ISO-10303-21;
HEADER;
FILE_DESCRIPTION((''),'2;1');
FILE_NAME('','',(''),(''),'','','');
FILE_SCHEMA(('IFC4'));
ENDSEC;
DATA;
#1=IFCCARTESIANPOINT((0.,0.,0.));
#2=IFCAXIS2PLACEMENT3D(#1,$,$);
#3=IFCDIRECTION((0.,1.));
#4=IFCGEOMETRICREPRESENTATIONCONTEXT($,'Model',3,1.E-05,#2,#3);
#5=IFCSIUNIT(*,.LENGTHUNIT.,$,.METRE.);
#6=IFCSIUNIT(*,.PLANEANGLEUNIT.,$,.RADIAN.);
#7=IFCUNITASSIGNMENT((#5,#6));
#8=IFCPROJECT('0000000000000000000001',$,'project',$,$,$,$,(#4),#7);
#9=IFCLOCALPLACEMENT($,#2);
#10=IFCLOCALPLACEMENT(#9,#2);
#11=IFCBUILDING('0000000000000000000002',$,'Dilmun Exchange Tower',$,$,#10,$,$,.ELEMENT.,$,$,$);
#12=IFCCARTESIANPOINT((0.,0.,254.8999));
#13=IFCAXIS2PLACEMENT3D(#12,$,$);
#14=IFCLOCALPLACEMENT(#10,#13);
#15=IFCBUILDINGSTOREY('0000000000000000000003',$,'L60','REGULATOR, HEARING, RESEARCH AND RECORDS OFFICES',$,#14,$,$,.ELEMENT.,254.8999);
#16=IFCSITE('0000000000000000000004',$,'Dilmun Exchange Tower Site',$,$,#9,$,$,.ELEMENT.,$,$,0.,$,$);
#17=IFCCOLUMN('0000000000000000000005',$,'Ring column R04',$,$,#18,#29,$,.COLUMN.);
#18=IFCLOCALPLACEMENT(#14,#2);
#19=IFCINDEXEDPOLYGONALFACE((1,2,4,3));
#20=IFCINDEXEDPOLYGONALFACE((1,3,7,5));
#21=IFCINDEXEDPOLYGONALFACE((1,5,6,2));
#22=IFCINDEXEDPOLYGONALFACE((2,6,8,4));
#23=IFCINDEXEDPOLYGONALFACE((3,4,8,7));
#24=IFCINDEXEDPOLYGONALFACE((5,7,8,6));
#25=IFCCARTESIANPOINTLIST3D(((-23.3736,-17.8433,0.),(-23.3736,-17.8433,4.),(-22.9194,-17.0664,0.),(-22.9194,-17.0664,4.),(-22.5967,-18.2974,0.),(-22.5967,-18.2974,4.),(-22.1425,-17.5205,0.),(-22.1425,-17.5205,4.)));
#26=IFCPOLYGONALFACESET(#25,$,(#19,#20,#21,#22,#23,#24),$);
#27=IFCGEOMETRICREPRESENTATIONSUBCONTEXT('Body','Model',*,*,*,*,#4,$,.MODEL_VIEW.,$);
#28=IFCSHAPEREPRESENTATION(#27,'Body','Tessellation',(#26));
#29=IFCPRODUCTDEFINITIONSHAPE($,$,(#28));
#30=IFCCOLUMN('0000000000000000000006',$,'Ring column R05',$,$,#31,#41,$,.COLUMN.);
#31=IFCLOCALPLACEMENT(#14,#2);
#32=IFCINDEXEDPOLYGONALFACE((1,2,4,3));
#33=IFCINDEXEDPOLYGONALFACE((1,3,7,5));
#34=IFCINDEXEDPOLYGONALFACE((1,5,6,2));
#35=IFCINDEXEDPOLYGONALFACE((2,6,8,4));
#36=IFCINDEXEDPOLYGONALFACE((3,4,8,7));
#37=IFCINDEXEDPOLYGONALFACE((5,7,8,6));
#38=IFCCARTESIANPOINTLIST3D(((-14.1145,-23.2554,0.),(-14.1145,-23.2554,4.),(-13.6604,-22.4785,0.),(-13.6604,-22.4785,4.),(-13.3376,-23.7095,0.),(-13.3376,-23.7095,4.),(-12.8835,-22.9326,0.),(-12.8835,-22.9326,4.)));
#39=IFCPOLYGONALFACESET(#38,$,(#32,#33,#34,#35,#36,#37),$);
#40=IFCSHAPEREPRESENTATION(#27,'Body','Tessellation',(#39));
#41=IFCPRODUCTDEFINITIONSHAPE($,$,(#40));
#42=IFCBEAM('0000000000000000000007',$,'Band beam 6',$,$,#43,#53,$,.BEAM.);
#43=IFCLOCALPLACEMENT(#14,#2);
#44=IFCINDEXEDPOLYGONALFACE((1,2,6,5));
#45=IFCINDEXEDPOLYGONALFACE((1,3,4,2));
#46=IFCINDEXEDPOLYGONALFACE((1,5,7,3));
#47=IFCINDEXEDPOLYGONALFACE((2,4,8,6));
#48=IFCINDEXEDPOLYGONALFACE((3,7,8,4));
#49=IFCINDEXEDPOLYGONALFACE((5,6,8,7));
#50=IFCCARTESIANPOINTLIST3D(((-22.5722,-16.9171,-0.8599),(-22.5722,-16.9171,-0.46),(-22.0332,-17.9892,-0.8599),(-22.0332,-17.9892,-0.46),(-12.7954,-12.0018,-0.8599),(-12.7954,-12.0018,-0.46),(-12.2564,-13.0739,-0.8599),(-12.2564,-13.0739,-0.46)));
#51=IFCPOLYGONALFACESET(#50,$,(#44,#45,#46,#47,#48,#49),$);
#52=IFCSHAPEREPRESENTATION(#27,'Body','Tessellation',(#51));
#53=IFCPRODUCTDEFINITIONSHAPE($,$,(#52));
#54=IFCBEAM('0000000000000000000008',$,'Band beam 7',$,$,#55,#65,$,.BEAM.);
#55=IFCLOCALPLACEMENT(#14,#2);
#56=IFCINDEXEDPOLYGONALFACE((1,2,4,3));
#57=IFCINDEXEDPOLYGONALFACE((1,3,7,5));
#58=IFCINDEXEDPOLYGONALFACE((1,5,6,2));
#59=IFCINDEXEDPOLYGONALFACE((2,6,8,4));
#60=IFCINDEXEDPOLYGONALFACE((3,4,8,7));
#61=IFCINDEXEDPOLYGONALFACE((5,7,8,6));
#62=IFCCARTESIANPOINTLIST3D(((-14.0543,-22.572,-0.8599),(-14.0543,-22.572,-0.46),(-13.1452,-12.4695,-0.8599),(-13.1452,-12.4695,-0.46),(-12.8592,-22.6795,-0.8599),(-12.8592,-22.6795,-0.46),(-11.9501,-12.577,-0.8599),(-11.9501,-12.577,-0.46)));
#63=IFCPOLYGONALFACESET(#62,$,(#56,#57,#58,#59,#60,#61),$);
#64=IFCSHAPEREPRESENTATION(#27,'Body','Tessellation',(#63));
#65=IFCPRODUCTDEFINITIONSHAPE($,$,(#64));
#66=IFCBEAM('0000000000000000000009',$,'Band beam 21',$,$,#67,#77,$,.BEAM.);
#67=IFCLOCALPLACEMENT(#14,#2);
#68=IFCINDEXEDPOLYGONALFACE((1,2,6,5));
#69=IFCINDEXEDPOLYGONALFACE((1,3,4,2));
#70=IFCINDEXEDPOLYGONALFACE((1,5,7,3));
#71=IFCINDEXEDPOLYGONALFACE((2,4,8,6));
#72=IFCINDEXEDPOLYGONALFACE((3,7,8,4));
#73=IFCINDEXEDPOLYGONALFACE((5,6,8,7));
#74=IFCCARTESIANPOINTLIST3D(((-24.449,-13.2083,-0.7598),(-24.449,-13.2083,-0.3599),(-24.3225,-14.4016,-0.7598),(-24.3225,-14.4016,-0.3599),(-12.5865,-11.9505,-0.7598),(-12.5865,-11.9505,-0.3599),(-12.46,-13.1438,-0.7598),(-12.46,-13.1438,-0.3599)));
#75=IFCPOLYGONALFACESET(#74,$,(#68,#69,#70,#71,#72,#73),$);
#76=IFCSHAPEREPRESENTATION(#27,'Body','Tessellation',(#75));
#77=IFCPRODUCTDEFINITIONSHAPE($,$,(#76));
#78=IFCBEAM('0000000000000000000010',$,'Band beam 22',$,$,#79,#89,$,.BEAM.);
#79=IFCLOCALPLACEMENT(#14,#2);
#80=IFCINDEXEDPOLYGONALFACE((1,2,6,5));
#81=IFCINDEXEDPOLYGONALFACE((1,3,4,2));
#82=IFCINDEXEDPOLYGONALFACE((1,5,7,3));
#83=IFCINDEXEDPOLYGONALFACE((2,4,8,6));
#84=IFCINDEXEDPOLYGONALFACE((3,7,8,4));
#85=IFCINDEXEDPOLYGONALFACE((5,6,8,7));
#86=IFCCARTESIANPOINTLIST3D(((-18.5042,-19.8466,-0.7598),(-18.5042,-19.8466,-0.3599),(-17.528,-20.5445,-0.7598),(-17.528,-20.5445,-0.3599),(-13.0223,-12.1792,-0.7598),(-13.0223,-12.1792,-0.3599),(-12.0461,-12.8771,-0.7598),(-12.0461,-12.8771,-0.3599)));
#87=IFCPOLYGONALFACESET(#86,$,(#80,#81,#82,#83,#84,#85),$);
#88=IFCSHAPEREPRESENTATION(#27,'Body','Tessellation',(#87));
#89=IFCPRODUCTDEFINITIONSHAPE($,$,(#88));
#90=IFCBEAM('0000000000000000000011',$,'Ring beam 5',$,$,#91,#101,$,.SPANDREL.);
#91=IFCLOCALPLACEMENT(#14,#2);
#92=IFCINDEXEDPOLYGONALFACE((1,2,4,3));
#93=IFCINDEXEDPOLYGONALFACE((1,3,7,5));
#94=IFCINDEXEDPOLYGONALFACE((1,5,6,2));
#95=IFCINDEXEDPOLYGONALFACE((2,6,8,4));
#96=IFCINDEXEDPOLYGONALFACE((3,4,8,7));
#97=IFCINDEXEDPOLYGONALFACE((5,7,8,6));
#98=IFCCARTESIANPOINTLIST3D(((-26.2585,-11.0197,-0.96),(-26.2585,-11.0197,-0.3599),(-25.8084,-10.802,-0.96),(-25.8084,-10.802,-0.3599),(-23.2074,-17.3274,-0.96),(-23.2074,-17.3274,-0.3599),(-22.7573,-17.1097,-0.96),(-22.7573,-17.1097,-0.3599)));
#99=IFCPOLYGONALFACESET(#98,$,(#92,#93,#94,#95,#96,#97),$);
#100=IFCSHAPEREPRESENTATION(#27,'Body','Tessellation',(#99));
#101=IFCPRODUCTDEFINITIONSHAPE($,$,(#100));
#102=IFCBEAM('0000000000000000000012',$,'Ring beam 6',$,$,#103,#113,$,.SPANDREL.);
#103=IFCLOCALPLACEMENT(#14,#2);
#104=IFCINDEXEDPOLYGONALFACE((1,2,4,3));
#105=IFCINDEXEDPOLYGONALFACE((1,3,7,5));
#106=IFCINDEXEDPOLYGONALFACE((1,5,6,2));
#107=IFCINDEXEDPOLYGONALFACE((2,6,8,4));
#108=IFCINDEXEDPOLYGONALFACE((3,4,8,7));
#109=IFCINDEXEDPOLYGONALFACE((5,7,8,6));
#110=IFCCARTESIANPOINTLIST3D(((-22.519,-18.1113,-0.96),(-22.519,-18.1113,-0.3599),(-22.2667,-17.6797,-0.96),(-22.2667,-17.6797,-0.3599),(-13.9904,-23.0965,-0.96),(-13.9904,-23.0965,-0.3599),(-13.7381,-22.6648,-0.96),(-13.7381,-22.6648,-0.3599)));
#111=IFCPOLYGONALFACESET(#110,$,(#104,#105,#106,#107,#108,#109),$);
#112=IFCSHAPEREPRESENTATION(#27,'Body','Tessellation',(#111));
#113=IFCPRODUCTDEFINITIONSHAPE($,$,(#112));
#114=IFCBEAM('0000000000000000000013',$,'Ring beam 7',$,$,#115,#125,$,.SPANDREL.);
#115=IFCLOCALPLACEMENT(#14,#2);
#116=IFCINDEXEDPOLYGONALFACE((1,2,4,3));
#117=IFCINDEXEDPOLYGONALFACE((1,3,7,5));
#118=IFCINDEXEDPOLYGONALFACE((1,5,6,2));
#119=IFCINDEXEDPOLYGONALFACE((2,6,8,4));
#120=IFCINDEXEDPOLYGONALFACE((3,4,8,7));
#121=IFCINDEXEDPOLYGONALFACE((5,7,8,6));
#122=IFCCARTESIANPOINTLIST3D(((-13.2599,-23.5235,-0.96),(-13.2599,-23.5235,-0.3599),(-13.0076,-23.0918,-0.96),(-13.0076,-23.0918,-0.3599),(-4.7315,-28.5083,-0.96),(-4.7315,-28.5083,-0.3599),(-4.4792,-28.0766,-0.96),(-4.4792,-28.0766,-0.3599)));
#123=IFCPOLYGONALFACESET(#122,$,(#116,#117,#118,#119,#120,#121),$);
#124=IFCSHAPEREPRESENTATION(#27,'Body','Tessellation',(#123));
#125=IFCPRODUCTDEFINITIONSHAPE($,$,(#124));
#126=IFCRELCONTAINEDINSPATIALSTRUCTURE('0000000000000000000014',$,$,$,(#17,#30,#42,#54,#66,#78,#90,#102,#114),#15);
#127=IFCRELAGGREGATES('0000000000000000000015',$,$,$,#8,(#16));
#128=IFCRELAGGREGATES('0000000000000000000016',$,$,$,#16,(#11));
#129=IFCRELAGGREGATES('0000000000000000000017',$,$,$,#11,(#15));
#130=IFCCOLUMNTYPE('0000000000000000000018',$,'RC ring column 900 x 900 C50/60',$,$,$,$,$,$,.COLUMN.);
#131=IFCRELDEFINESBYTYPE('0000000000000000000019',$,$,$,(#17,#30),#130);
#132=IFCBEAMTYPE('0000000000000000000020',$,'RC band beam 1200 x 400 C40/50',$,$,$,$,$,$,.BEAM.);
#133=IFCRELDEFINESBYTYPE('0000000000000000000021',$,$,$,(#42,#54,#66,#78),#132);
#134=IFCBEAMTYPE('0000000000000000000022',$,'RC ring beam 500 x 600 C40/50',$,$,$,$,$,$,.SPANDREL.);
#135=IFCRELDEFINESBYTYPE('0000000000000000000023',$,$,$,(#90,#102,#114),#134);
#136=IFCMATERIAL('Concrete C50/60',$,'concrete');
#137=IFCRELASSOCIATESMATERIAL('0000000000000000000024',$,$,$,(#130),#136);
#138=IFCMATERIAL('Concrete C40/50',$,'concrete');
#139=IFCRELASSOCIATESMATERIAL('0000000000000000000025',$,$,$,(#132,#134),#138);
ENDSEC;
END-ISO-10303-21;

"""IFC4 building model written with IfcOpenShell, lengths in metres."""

from ifc_helpers import new_model, si_unit, direction, frame, origin, origin_2d, place, context, subcontext, project, spatial, rectangle, extrude, material, material_profile, profile_set, type_object, element, save


model = new_model("IFC4")

# Units and contexts
model_context = context("Model", 3, precision=1e-05, world=origin(), true_north=direction((0.0, 1.0)))
body_context = subcontext(model_context, "Body", "Model", "MODEL_VIEW")
ifc_project = project(units=[si_unit("LENGTHUNIT", "METRE"), si_unit("PLANEANGLEUNIT", "RADIAN")], contexts=[model_context])

# Site, building, storey
site_placement = place(None, origin())
site = spatial("IfcSite", under=ifc_project, at=site_placement, Name="Dilmun Exchange Tower Site", CompositionType="ELEMENT", RefElevation=0.0)
building_placement = place(site_placement, origin())
building = spatial("IfcBuilding", under=site, at=building_placement, Name="Dilmun Exchange Tower", CompositionType="ELEMENT")
storey_placement = place(building_placement, frame((0.0, 0.0, 254.8999)))
storey = spatial("IfcBuildingStorey", under=building, at=storey_placement, Name="L60", Description="REGULATOR, HEARING, RESEARCH AND RECORDS OFFICES", CompositionType="ELEMENT", Elevation=254.8999)

# Columns
ifc_material_1 = material(Name="Concrete C50/60", Category="concrete")
ifc_material_profile_1 = material_profile(ifc_material_1, rectangle(XDim=0.8999, YDim=0.8999, at=origin_2d()), Name="900 x 900")
ifc_profile_set_1 = profile_set([ifc_material_profile_1], Name="Concrete C50/60")
column_type = type_object("IfcColumnType", Name="RC ring column 900 x 900 C50/60", PredefinedType="COLUMN", material=ifc_profile_set_1)
for number, where, z_axis, x_axis, name in (
    (1, (-22.7581, -17.6819, 0.0), (0.0, 0.0, 1.0), (0.504644, 0.863328, 0.0), "Ring column R04"),
    (2, (-13.499, -23.094, 0.0), (0.0, 0.0, 1.0), (0.504644, 0.863328, 0.0), "Ring column R05"),
):
    element("IfcColumn", number, at=place(storey_placement, frame(where, z_axis=z_axis, x_axis=x_axis)), inside=storey, type_object=column_type, Name=name, PredefinedType="COLUMN", context=body_context, shape_type="SweptSolid", body=[
        extrude(rectangle(XDim=0.8999, YDim=0.8999, at=origin_2d()), origin(), (0.0, 0.0, 1.0), 4.0),
    ])

# Beams
ifc_material_2 = material(Name="Concrete C40/50", Category="concrete")
ifc_material_profile_2 = material_profile(ifc_material_2, rectangle(XDim=1.2, YDim=0.3999, at=origin_2d()), Name="1200 x 400")
ifc_profile_set_2 = profile_set([ifc_material_profile_2], Name="Concrete C40/50")
beam_type_1 = type_object("IfcBeamType", Name="RC band beam 1200 x 400 C40/50", PredefinedType="BEAM", material=ifc_profile_set_2)
beam_1_placement = place(storey_placement, frame((-22.3027, -17.4531, -0.6599), z_axis=(0.893443, 0.449176, 0.0), x_axis=(-0.449176, 0.893443, 0.0)))
element("IfcBeam", 3, at=beam_1_placement, inside=storey, type_object=beam_type_1, Name="Band beam 6", PredefinedType="BEAM", context=body_context, shape_type="SweptSolid", body=[
    extrude(rectangle(XDim=1.2, YDim=0.3999, at=origin_2d()), origin(), (0.0, 0.0, 1.0), 10.9429),
])
beam_2_placement = place(storey_placement, frame((-13.4568, -22.6257, -0.6599), z_axis=(0.089633, 0.995975, 0.0), x_axis=(-0.995975, 0.089633, 0.0)))
element("IfcBeam", 4, at=beam_2_placement, inside=storey, type_object=beam_type_1, Name="Band beam 7", PredefinedType="BEAM", context=body_context, shape_type="SweptSolid", body=[
    extrude(rectangle(XDim=1.2, YDim=0.3999, at=origin_2d()), origin(), (0.0, 0.0, 1.0), 10.1433),
])
beam_3_placement = place(storey_placement, frame((-24.3857, -13.8049, -0.5598), z_axis=(0.994426, 0.105441, 0.0), x_axis=(-0.105441, 0.994426, 0.0)))
element("IfcBeam", 5, at=beam_3_placement, inside=storey, type_object=beam_type_1, Name="Band beam 21", PredefinedType="BEAM", context=body_context, shape_type="SweptSolid", body=[
    extrude(rectangle(XDim=1.2, YDim=0.3999, at=origin_2d()), origin(), (0.0, 0.0, 1.0), 11.929),
])
beam_4_placement = place(storey_placement, frame((-18.0161, -20.1956, -0.5598), z_axis=(0.581601, 0.813474, 0.0), x_axis=(-0.813474, 0.581601, 0.0)))
element("IfcBeam", 6, at=beam_4_placement, inside=storey, type_object=beam_type_1, Name="Band beam 22", PredefinedType="BEAM", context=body_context, shape_type="SweptSolid", body=[
    extrude(rectangle(XDim=1.2, YDim=0.3999, at=origin_2d()), origin(), (0.0, 0.0, 1.0), 9.4255),
])
ifc_material_profile_3 = material_profile(ifc_material_2, rectangle(XDim=0.5, YDim=0.6001, at=origin_2d()), Name="500 x 600")
ifc_profile_set_3 = profile_set([ifc_material_profile_3], Name="Concrete C40/50")
beam_type_2 = type_object("IfcBeamType", Name="RC ring beam 500 x 600 C40/50", PredefinedType="SPANDREL", material=ifc_profile_set_3)
beam_5_placement = place(storey_placement, frame((-26.0334, -10.9109, -0.6599), z_axis=(0.43544, -0.900218, 0.0), x_axis=(0.900218, 0.43544, 0.0)))
element("IfcBeam", 7, at=beam_5_placement, inside=storey, type_object=beam_type_2, Name="Ring beam 5", PredefinedType="SPANDREL", context=body_context, shape_type="SweptSolid", body=[
    extrude(rectangle(XDim=0.5, YDim=0.6001, at=origin_2d()), origin(), (0.0, 0.0, 1.0), 7.0068),
])
beam_6_placement = place(storey_placement, frame((-22.3928, -17.8955, -0.6599), z_axis=(0.863333, -0.504635, 0.0), x_axis=(0.504635, 0.863333, 0.0)))
element("IfcBeam", 8, at=beam_6_placement, inside=storey, type_object=beam_type_2, Name="Ring beam 6", PredefinedType="SPANDREL", context=body_context, shape_type="SweptSolid", body=[
    extrude(rectangle(XDim=0.5, YDim=0.6001, at=origin_2d()), origin(), (0.0, 0.0, 1.0), 9.8787),
])
beam_7_placement = place(storey_placement, frame((-13.1338, -23.3076, -0.6599), z_axis=(0.863344, -0.504616, 0.0), x_axis=(0.504616, 0.863344, 0.0)))
element("IfcBeam", 9, at=beam_7_placement, inside=storey, type_object=beam_type_2, Name="Ring beam 7", PredefinedType="SPANDREL", context=body_context, shape_type="SweptSolid", body=[
    extrude(rectangle(XDim=0.5, YDim=0.6001, at=origin_2d()), origin(), (0.0, 0.0, 1.0), 9.8784),
])

save(model, "model.ifc")
